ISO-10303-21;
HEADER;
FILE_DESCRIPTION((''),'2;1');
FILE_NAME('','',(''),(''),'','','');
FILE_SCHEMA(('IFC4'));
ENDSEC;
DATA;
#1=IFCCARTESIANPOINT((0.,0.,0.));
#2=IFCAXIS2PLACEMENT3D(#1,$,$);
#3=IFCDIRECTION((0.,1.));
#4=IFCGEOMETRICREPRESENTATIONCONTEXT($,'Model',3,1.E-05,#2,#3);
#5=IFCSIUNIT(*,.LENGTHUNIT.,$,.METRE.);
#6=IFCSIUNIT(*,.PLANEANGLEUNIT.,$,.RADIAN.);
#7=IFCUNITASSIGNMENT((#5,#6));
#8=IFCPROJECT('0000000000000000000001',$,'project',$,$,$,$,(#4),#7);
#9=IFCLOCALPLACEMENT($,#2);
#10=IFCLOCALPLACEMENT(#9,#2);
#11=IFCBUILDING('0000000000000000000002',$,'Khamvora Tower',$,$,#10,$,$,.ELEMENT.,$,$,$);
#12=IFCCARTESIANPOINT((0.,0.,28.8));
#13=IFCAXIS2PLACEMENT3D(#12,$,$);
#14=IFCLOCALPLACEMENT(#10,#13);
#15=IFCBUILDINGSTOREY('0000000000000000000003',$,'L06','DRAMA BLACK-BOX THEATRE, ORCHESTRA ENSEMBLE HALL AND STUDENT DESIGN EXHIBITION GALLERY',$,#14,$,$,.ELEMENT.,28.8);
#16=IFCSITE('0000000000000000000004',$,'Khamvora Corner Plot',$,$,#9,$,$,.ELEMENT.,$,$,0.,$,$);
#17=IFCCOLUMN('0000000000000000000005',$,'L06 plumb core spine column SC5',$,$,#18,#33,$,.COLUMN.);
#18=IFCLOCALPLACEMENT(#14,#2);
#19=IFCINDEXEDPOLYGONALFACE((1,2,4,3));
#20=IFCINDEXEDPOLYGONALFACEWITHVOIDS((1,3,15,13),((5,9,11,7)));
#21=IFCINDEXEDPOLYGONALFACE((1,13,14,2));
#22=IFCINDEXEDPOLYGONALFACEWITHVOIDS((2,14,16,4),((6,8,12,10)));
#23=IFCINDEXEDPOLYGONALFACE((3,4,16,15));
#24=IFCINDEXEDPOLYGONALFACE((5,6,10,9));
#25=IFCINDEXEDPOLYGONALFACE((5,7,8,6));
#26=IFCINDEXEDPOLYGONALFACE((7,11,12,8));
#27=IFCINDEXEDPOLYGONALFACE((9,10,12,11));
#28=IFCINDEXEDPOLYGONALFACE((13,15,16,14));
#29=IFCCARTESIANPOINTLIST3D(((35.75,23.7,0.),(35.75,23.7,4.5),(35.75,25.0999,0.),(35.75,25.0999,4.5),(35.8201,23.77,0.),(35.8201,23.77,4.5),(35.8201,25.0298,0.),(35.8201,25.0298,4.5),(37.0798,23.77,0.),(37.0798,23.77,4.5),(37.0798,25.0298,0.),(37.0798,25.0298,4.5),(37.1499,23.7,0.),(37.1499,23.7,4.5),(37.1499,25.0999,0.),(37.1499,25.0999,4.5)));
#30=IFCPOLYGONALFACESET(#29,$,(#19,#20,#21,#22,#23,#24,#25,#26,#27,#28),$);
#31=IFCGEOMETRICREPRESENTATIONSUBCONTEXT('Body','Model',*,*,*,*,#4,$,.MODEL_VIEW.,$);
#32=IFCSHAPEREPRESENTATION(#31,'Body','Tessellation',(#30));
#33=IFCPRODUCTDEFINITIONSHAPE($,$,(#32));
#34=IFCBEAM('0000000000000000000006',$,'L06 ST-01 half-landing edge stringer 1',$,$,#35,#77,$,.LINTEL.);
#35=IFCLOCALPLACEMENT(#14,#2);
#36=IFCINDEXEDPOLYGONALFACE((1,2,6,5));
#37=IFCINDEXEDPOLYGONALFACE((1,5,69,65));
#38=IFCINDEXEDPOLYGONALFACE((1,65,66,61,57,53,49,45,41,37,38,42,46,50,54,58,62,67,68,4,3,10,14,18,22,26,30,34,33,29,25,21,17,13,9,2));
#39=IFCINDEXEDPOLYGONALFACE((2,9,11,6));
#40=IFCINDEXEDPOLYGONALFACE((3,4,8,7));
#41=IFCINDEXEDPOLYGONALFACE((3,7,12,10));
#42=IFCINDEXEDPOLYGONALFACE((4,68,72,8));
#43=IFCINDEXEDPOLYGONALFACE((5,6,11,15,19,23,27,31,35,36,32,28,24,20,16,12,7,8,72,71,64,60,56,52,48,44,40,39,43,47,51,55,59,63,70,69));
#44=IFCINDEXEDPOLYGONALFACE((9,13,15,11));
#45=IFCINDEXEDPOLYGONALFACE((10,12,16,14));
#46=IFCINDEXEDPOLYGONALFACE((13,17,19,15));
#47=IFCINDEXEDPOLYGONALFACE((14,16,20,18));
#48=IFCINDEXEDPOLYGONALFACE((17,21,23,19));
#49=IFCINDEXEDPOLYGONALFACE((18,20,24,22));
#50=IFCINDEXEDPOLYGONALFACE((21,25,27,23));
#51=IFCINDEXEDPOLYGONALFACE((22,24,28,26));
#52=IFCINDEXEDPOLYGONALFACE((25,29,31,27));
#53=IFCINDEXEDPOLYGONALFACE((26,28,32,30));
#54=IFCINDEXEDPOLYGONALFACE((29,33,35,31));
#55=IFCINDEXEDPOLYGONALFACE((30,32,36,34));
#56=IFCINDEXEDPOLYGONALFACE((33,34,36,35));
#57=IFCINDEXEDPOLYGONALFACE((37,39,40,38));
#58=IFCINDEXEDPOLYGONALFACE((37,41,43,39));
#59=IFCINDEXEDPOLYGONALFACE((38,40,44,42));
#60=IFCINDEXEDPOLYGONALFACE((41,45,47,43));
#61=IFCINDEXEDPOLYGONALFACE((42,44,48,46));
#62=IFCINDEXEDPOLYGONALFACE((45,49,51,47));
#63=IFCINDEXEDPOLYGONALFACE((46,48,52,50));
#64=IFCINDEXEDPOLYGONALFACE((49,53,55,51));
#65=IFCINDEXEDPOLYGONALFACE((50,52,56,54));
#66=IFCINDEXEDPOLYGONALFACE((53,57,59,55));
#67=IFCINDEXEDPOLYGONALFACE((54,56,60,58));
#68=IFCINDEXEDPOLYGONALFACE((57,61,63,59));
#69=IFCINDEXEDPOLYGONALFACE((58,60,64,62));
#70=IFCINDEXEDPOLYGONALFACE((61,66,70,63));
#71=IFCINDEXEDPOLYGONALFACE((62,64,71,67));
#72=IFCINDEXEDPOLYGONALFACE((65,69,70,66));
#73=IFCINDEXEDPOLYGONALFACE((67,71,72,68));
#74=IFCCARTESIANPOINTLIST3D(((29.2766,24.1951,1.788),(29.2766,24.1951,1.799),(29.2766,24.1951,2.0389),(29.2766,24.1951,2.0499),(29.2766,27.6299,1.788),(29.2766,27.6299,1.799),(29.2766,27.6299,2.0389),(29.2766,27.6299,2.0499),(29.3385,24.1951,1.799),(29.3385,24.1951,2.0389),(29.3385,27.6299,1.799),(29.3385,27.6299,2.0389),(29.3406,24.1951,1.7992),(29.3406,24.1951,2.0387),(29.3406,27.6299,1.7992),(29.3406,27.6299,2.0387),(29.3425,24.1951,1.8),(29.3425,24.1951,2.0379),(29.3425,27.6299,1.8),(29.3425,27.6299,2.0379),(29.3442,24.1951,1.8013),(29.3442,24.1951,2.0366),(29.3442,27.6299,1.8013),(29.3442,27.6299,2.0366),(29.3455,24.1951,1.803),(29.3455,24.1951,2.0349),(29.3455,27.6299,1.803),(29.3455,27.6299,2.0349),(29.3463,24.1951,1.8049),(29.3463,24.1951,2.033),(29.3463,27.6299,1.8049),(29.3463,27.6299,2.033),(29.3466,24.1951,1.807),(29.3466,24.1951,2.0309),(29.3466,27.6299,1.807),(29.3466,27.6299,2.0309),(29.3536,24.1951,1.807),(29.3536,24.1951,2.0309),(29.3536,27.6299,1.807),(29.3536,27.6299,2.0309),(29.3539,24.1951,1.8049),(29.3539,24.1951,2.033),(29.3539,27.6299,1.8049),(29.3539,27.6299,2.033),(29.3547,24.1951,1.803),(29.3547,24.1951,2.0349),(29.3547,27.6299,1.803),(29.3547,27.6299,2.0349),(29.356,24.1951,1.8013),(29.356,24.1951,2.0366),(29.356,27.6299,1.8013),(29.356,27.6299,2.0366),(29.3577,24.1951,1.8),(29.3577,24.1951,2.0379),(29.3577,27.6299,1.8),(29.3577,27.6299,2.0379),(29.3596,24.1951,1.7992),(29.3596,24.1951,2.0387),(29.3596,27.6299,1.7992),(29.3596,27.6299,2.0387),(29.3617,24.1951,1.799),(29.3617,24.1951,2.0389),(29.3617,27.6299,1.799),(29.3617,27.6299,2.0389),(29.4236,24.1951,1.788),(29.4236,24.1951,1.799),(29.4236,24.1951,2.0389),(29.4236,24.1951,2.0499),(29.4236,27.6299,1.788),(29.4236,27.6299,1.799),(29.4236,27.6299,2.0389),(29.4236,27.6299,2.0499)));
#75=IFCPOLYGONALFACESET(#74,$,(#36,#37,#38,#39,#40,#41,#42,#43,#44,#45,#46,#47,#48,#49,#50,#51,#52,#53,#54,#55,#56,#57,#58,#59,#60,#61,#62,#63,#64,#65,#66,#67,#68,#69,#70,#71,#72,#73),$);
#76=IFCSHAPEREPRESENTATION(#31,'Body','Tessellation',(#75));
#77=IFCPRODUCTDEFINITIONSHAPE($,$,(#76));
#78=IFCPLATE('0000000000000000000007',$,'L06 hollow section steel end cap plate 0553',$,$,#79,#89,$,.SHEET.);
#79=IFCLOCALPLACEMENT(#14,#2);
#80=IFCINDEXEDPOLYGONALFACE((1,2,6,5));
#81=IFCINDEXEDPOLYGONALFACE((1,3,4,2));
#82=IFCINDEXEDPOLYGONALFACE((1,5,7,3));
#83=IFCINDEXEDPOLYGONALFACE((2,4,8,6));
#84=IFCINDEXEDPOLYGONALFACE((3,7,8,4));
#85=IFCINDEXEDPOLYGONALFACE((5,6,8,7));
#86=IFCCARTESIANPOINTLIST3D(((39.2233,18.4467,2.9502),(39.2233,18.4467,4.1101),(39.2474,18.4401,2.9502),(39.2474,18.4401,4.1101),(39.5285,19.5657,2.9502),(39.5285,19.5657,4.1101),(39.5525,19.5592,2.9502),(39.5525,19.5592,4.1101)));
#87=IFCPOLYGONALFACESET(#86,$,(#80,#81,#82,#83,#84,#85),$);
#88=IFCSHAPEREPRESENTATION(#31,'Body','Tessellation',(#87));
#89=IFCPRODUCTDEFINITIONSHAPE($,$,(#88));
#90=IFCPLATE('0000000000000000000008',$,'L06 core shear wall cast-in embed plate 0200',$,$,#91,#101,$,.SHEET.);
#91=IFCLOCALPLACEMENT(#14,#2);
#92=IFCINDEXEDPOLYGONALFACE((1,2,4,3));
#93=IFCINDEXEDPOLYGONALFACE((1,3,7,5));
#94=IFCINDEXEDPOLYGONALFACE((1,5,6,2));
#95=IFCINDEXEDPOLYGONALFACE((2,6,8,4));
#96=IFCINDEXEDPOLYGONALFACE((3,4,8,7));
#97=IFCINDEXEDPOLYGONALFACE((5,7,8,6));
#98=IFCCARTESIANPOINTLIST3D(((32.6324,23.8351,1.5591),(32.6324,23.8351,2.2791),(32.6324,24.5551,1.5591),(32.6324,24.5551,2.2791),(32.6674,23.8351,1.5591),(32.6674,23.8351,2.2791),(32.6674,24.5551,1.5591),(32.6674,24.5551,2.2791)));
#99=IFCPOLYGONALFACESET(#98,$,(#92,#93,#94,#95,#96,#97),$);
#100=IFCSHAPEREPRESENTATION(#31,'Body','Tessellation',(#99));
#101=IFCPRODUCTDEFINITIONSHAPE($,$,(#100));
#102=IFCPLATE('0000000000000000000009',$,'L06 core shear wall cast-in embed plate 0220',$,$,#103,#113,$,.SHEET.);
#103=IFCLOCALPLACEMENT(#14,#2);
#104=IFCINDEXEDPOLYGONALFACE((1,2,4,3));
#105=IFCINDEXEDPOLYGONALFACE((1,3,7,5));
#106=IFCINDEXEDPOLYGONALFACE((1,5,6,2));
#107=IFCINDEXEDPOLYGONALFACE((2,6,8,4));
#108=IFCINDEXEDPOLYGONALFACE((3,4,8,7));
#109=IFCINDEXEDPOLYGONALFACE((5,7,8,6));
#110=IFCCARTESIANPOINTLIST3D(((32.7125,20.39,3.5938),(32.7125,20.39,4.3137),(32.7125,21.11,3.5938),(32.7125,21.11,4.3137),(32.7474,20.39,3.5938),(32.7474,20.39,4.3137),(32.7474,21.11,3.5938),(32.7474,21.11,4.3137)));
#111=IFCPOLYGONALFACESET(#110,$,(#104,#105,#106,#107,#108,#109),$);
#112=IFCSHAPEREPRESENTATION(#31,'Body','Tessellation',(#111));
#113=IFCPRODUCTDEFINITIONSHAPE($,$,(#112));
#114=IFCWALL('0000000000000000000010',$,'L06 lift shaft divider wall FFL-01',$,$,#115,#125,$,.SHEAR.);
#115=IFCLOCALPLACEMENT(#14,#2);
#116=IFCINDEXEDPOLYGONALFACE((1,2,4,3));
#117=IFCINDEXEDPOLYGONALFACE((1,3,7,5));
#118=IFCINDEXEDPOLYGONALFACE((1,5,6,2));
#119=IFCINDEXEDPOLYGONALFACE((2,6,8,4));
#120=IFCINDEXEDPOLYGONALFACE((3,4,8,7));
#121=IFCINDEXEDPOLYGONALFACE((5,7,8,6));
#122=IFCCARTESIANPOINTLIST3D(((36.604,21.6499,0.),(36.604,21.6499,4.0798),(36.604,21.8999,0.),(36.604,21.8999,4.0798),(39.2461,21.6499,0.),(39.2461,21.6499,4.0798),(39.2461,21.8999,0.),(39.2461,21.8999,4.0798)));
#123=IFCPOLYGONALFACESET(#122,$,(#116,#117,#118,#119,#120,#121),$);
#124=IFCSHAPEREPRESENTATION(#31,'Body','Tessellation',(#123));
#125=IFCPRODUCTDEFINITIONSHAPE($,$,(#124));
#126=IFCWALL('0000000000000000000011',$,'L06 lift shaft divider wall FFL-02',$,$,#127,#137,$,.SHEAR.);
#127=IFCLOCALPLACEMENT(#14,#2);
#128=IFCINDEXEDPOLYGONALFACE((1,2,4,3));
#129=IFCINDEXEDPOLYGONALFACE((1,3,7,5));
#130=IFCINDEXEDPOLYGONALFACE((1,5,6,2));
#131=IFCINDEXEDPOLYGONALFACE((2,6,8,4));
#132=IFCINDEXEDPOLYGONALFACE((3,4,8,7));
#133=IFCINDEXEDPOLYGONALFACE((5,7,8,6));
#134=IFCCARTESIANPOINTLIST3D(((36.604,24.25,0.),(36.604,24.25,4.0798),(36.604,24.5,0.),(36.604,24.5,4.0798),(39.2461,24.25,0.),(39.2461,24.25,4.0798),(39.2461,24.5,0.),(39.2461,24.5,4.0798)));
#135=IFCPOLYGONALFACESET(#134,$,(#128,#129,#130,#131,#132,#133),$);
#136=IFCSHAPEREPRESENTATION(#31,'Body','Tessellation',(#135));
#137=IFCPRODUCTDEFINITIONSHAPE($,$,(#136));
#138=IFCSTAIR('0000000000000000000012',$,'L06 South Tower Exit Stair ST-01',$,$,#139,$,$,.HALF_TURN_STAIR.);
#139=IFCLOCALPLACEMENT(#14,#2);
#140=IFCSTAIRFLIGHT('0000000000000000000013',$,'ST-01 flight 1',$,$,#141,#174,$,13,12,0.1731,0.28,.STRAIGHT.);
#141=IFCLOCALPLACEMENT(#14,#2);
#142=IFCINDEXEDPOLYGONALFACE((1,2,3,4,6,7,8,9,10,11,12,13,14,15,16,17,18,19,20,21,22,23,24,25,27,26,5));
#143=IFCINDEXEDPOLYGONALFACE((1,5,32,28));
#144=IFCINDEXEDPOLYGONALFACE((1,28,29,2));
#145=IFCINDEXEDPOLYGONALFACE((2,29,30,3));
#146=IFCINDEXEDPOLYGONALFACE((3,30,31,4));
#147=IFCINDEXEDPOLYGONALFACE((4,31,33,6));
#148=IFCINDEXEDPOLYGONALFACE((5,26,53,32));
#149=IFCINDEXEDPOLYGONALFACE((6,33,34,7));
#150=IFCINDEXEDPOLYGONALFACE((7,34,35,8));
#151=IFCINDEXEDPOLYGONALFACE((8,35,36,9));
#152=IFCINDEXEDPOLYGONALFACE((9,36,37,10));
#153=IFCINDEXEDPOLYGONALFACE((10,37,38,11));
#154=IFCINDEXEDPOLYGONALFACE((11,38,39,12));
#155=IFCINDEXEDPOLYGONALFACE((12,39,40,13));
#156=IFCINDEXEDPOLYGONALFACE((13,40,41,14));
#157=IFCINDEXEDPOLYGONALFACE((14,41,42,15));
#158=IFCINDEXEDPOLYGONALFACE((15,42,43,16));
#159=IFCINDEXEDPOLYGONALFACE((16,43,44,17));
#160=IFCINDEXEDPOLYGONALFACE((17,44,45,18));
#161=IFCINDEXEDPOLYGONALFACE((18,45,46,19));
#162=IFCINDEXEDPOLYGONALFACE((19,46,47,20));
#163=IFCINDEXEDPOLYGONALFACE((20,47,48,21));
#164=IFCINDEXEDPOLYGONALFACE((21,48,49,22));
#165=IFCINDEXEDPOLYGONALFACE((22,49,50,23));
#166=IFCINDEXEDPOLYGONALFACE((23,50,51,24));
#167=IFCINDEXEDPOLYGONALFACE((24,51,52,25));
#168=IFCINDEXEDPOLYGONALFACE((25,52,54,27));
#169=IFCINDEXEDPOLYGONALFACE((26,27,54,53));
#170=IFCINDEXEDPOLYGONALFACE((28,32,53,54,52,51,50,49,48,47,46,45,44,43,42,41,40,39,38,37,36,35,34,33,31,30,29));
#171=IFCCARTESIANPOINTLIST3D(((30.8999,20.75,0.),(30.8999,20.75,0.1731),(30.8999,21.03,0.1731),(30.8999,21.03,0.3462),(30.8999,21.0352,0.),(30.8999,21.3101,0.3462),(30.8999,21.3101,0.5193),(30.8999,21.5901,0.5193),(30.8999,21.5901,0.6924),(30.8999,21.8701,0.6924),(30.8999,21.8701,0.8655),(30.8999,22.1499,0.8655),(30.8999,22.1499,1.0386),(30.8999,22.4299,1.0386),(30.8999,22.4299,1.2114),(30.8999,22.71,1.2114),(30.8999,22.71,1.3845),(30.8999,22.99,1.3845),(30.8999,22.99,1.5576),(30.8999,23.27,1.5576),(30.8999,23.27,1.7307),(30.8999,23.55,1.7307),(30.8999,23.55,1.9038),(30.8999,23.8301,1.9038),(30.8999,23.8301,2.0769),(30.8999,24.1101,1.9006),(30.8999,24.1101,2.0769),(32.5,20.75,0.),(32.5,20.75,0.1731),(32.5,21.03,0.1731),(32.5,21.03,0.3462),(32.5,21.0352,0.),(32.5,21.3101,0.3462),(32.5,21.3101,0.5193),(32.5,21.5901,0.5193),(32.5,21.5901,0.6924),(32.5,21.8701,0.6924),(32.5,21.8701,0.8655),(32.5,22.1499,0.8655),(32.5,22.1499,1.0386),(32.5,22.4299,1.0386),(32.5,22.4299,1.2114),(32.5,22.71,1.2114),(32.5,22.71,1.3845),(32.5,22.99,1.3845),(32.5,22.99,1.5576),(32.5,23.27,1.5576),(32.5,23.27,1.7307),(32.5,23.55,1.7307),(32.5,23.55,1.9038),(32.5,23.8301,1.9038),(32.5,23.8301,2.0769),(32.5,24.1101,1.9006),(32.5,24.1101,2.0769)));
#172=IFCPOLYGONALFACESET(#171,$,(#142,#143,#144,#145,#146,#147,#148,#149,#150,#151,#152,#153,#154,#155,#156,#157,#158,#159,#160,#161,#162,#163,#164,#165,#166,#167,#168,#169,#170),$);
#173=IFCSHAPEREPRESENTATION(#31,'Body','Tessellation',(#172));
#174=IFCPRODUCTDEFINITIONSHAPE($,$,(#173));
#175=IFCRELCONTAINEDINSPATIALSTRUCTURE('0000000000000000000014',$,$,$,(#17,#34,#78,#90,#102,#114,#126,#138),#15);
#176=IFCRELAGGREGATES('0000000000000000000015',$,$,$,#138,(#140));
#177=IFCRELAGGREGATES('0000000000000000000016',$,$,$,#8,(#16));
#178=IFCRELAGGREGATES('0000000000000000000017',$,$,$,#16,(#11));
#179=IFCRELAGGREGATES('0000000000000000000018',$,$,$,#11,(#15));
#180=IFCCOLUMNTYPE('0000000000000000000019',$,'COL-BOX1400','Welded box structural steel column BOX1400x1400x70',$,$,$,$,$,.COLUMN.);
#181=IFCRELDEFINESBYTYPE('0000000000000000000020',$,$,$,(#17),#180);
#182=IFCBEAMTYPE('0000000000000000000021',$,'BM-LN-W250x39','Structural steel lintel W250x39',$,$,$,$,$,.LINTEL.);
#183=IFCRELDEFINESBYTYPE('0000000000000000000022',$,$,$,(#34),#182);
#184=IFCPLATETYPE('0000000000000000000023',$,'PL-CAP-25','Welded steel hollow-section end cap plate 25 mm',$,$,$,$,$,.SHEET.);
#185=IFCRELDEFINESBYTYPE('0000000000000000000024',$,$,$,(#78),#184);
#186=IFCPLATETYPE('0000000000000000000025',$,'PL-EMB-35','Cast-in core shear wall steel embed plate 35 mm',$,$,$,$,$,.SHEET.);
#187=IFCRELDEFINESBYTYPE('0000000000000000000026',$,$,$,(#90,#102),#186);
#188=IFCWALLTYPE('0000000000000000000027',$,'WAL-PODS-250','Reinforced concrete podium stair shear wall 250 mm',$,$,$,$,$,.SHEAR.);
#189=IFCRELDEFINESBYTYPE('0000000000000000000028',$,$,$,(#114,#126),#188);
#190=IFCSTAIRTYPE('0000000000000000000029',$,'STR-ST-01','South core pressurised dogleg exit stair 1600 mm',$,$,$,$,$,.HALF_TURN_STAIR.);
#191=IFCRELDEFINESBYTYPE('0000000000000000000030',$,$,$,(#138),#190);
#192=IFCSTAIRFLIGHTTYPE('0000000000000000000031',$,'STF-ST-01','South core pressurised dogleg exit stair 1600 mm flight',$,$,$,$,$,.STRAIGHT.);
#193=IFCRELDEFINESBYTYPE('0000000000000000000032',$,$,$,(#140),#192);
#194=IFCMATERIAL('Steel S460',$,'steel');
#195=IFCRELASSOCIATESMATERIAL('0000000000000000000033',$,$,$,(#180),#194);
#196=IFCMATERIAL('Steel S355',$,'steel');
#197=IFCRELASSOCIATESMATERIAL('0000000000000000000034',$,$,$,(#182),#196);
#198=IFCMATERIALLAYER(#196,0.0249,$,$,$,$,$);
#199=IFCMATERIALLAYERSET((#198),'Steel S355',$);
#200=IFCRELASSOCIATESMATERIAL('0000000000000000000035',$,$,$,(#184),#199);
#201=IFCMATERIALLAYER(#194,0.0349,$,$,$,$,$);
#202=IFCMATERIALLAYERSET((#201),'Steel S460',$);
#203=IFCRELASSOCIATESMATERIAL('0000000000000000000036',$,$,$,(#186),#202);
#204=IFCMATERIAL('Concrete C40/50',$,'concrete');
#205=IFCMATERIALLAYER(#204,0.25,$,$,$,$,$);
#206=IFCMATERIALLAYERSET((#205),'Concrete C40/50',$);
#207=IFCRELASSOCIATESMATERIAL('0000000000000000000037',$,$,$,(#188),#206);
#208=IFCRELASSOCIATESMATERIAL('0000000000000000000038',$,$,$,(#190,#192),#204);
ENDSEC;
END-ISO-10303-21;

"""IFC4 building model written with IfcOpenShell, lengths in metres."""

from ifc_helpers import new_model, si_unit, direction, frame, frame_2d, origin, origin_2d, place, context, subcontext, project, spatial, polyline, rectangle, hollow_rectangle, i_section, outline, extrude, material, layer, layer_set, material_profile, profile_set, type_object, element, aggregate, save


model = new_model("IFC4")

# Units and contexts
model_context = context("Model", 3, precision=1e-05, world=origin(), true_north=direction((0.0, 1.0)))
body_context = subcontext(model_context, "Body", "Model", "MODEL_VIEW")
ifc_project = project(units=[si_unit("LENGTHUNIT", "METRE"), si_unit("PLANEANGLEUNIT", "RADIAN")], contexts=[model_context])

# Site, building, storey
site_placement = place(None, origin())
site = spatial("IfcSite", under=ifc_project, at=site_placement, Name="Khamvora Corner Plot", CompositionType="ELEMENT", RefElevation=0.0)
building_placement = place(site_placement, origin())
building = spatial("IfcBuilding", under=site, at=building_placement, Name="Khamvora Tower", CompositionType="ELEMENT")
storey_placement = place(building_placement, frame((0.0, 0.0, 28.8)))
storey = spatial("IfcBuildingStorey", under=building, at=storey_placement, Name="L06", Description="DRAMA BLACK-BOX THEATRE, ORCHESTRA ENSEMBLE HALL AND STUDENT DESIGN EXHIBITION GALLERY", CompositionType="ELEMENT", Elevation=28.8)

# Column
ifc_material_1 = material(Name="Steel S460", Category="steel")
ifc_material_profile_1 = material_profile(ifc_material_1, hollow_rectangle(XDim=1.3999, YDim=1.3999, WallThickness=0.0701, at=origin_2d()), Name="BOX1400x1400x70")
ifc_profile_set_1 = profile_set([ifc_material_profile_1], Name="Steel S460")
column_type = type_object("IfcColumnType", Name="COL-BOX1400", Description="Welded box structural steel column BOX1400x1400x70", PredefinedType="COLUMN", material=ifc_profile_set_1)
column_placement = place(storey_placement, frame((36.45, 24.3999, 0.0), z_axis=(0.0, 0.0, 1.0), x_axis=(1.0, 0.0, 0.0)))
element("IfcColumn", 1, at=column_placement, inside=storey, type_object=column_type, Name="L06 plumb core spine column SC5", PredefinedType="COLUMN", context=body_context, shape_type="SweptSolid", body=[
    extrude(hollow_rectangle(XDim=1.3999, YDim=1.3999, WallThickness=0.0701, at=origin_2d()), origin(), (0.0, 0.0, 1.0), 4.5),
])

# Beam
ifc_material_2 = material(Name="Steel S355", Category="steel")
ifc_material_profile_2 = material_profile(ifc_material_2, i_section(OverallWidth=0.147, OverallDepth=0.262, WebThickness=0.0071, FlangeThickness=0.011, FilletRadius=0.0081, at=origin_2d()), Name="W250x39")
ifc_profile_set_2 = profile_set([ifc_material_profile_2], Name="Steel S355")
beam_type = type_object("IfcBeamType", Name="BM-LN-W250x39", Description="Structural steel lintel W250x39", PredefinedType="LINTEL", material=ifc_profile_set_2)
beam_placement = place(storey_placement, frame((29.3501, 24.1951, 1.9189), z_axis=(0.0, 1.0, 0.0), x_axis=(-1.0, 0.0, 0.0)))
element("IfcBeam", 2, at=beam_placement, inside=storey, type_object=beam_type, Name="L06 ST-01 half-landing edge stringer 1", PredefinedType="LINTEL", context=body_context, shape_type="SweptSolid", body=[
    extrude(i_section(OverallWidth=0.147, OverallDepth=0.262, WebThickness=0.0071, FlangeThickness=0.011, FilletRadius=0.0081, at=origin_2d()), origin(), (0.0, 0.0, 1.0), 3.4348),
])

# Plates
ifc_layer_1 = layer(ifc_material_2, 0.0249)
ifc_layer_set_1 = layer_set([ifc_layer_1], Name="Steel S355")
plate_type_1 = type_object("IfcPlateType", Name="PL-CAP-25", Description="Welded steel hollow-section end cap plate 25 mm", PredefinedType="SHEET", material=ifc_layer_set_1)
plate_placement = place(storey_placement, frame((39.3879, 19.0029, 2.9502), z_axis=(0.0, 0.0, 1.0), x_axis=(0.964764, -0.263115, 0.0)))
element("IfcPlate", 3, at=plate_placement, inside=storey, type_object=plate_type_1, Name="L06 hollow section steel end cap plate 0553", PredefinedType="SHEET", context=body_context, shape_type="SweptSolid", body=[
    extrude(rectangle(XDim=0.0249, YDim=1.1599, at=origin_2d()), origin(), (0.0, 0.0, 1.0), 1.1599),
])
ifc_layer_2 = layer(ifc_material_1, 0.0349)
ifc_layer_set_2 = layer_set([ifc_layer_2], Name="Steel S460")
plate_type_2 = type_object("IfcPlateType", Name="PL-EMB-35", Description="Cast-in core shear wall steel embed plate 35 mm", PredefinedType="SHEET", material=ifc_layer_set_2)
for number, where, z_axis, x_axis, name in (
    (4, (32.6499, 24.1951, 1.5591), (0.0, 0.0, 1.0), (1.0, 0.0, 0.0), "L06 core shear wall cast-in embed plate 0200"),
    (5, (32.73, 20.75, 3.5938), (0.0, 0.0, 1.0), (1.0, 0.0, 0.0), "L06 core shear wall cast-in embed plate 0220"),
):
    element("IfcPlate", number, at=place(storey_placement, frame(where, z_axis=z_axis, x_axis=x_axis)), inside=storey, type_object=plate_type_2, Name=name, PredefinedType="SHEET", context=body_context, shape_type="SweptSolid", body=[
        extrude(rectangle(XDim=0.0349, YDim=0.72, at=origin_2d()), origin(), (0.0, 0.0, 1.0), 0.72),
    ])

# Walls
ifc_material_3 = material(Name="Concrete C40/50", Category="concrete")
ifc_layer_3 = layer(ifc_material_3, 0.25)
ifc_layer_set_3 = layer_set([ifc_layer_3], Name="Concrete C40/50")
wall_type_1 = type_object("IfcWallType", Name="WAL-PODS-250", Description="Reinforced concrete podium stair shear wall 250 mm", PredefinedType="SHEAR", material=ifc_layer_set_3)
for number, where, z_axis, x_axis, name in (
    (6, (36.604, 21.7749, 0.0), (0.0, 0.0, 1.0), (1.0, 0.0, 0.0), "L06 lift shaft divider wall FFL-01"),
    (7, (36.604, 24.375, 0.0), (0.0, 0.0, 1.0), (1.0, 0.0, 0.0), "L06 lift shaft divider wall FFL-02"),
):
    element("IfcWall", number, at=place(storey_placement, frame(where, z_axis=z_axis, x_axis=x_axis)), inside=storey, type_object=wall_type_1, Name=name, PredefinedType="SHEAR", context=body_context, shape_type="SweptSolid", body=[
        extrude(rectangle(XDim=2.6421, YDim=0.25, at=frame_2d((1.321, 0.0))), origin(), (0.0, 0.0, 1.0), 4.0798),
    ])

# Stair, stair flight
stair_type = type_object("IfcStairType", Name="STR-ST-01", Description="South core pressurised dogleg exit stair 1600 mm", PredefinedType="HALF_TURN_STAIR", material=ifc_material_3)
stair_placement = place(storey_placement, origin())
stair = element("IfcStair", 8, at=stair_placement, inside=storey, type_object=stair_type, Name="L06 South Tower Exit Stair ST-01", PredefinedType="HALF_TURN_STAIR")
stair_flight_type = type_object("IfcStairFlightType", Name="STF-ST-01", Description="South core pressurised dogleg exit stair 1600 mm flight", PredefinedType="STRAIGHT", material=ifc_material_3)
stair_flight_1_placement = place(storey_placement, frame((31.7, 20.75, 0.0), z_axis=(0.0, 0.0, 1.0), x_axis=(0.0, 1.0, 0.0)))
stair_flight_1 = element("IfcStairFlight", 9, at=stair_flight_1_placement, type_object=stair_flight_type, Name="ST-01 flight 1", NumberOfRisers=13, NumberOfTreads=12, PredefinedType="STRAIGHT", RiserHeight=0.1731, TreadLength=0.28, context=body_context, shape_type="SweptSolid", body=[
    extrude(outline(polyline([(0.0, 0.0), (0.0, 0.1731), (0.28, 0.1731), (0.28, 0.3462), (0.5601, 0.3462), (0.5601, 0.5193), (0.8401, 0.5193), (0.8401, 0.6924), (1.1201, 0.6924), (1.1201, 0.8655), (1.3999, 0.8655), (1.3999, 1.0386), (1.6799, 1.0386), (1.6799, 1.2114), (1.96, 1.2114), (1.96, 1.3845), (2.24, 1.3845), (2.24, 1.5576), (2.52, 1.5576), (2.52, 1.7307), (2.8, 1.7307), (2.8, 1.9038), (3.0801, 1.9038), (3.0801, 2.0769), (3.3601, 2.0769), (3.3601, 2.25), (3.3601, 1.9006), (0.2852, 0.0), (0.0, 0.0)])), frame((0.0, 0.8, 0.0), z_axis=(0.0, -1.0, 0.0), x_axis=(1.0, 0.0, 0.0)), (0.0, 0.0, 1.0), 1.6001),
])
aggregate(stair, [stair_flight_1])

save(model, "model.ifc")
